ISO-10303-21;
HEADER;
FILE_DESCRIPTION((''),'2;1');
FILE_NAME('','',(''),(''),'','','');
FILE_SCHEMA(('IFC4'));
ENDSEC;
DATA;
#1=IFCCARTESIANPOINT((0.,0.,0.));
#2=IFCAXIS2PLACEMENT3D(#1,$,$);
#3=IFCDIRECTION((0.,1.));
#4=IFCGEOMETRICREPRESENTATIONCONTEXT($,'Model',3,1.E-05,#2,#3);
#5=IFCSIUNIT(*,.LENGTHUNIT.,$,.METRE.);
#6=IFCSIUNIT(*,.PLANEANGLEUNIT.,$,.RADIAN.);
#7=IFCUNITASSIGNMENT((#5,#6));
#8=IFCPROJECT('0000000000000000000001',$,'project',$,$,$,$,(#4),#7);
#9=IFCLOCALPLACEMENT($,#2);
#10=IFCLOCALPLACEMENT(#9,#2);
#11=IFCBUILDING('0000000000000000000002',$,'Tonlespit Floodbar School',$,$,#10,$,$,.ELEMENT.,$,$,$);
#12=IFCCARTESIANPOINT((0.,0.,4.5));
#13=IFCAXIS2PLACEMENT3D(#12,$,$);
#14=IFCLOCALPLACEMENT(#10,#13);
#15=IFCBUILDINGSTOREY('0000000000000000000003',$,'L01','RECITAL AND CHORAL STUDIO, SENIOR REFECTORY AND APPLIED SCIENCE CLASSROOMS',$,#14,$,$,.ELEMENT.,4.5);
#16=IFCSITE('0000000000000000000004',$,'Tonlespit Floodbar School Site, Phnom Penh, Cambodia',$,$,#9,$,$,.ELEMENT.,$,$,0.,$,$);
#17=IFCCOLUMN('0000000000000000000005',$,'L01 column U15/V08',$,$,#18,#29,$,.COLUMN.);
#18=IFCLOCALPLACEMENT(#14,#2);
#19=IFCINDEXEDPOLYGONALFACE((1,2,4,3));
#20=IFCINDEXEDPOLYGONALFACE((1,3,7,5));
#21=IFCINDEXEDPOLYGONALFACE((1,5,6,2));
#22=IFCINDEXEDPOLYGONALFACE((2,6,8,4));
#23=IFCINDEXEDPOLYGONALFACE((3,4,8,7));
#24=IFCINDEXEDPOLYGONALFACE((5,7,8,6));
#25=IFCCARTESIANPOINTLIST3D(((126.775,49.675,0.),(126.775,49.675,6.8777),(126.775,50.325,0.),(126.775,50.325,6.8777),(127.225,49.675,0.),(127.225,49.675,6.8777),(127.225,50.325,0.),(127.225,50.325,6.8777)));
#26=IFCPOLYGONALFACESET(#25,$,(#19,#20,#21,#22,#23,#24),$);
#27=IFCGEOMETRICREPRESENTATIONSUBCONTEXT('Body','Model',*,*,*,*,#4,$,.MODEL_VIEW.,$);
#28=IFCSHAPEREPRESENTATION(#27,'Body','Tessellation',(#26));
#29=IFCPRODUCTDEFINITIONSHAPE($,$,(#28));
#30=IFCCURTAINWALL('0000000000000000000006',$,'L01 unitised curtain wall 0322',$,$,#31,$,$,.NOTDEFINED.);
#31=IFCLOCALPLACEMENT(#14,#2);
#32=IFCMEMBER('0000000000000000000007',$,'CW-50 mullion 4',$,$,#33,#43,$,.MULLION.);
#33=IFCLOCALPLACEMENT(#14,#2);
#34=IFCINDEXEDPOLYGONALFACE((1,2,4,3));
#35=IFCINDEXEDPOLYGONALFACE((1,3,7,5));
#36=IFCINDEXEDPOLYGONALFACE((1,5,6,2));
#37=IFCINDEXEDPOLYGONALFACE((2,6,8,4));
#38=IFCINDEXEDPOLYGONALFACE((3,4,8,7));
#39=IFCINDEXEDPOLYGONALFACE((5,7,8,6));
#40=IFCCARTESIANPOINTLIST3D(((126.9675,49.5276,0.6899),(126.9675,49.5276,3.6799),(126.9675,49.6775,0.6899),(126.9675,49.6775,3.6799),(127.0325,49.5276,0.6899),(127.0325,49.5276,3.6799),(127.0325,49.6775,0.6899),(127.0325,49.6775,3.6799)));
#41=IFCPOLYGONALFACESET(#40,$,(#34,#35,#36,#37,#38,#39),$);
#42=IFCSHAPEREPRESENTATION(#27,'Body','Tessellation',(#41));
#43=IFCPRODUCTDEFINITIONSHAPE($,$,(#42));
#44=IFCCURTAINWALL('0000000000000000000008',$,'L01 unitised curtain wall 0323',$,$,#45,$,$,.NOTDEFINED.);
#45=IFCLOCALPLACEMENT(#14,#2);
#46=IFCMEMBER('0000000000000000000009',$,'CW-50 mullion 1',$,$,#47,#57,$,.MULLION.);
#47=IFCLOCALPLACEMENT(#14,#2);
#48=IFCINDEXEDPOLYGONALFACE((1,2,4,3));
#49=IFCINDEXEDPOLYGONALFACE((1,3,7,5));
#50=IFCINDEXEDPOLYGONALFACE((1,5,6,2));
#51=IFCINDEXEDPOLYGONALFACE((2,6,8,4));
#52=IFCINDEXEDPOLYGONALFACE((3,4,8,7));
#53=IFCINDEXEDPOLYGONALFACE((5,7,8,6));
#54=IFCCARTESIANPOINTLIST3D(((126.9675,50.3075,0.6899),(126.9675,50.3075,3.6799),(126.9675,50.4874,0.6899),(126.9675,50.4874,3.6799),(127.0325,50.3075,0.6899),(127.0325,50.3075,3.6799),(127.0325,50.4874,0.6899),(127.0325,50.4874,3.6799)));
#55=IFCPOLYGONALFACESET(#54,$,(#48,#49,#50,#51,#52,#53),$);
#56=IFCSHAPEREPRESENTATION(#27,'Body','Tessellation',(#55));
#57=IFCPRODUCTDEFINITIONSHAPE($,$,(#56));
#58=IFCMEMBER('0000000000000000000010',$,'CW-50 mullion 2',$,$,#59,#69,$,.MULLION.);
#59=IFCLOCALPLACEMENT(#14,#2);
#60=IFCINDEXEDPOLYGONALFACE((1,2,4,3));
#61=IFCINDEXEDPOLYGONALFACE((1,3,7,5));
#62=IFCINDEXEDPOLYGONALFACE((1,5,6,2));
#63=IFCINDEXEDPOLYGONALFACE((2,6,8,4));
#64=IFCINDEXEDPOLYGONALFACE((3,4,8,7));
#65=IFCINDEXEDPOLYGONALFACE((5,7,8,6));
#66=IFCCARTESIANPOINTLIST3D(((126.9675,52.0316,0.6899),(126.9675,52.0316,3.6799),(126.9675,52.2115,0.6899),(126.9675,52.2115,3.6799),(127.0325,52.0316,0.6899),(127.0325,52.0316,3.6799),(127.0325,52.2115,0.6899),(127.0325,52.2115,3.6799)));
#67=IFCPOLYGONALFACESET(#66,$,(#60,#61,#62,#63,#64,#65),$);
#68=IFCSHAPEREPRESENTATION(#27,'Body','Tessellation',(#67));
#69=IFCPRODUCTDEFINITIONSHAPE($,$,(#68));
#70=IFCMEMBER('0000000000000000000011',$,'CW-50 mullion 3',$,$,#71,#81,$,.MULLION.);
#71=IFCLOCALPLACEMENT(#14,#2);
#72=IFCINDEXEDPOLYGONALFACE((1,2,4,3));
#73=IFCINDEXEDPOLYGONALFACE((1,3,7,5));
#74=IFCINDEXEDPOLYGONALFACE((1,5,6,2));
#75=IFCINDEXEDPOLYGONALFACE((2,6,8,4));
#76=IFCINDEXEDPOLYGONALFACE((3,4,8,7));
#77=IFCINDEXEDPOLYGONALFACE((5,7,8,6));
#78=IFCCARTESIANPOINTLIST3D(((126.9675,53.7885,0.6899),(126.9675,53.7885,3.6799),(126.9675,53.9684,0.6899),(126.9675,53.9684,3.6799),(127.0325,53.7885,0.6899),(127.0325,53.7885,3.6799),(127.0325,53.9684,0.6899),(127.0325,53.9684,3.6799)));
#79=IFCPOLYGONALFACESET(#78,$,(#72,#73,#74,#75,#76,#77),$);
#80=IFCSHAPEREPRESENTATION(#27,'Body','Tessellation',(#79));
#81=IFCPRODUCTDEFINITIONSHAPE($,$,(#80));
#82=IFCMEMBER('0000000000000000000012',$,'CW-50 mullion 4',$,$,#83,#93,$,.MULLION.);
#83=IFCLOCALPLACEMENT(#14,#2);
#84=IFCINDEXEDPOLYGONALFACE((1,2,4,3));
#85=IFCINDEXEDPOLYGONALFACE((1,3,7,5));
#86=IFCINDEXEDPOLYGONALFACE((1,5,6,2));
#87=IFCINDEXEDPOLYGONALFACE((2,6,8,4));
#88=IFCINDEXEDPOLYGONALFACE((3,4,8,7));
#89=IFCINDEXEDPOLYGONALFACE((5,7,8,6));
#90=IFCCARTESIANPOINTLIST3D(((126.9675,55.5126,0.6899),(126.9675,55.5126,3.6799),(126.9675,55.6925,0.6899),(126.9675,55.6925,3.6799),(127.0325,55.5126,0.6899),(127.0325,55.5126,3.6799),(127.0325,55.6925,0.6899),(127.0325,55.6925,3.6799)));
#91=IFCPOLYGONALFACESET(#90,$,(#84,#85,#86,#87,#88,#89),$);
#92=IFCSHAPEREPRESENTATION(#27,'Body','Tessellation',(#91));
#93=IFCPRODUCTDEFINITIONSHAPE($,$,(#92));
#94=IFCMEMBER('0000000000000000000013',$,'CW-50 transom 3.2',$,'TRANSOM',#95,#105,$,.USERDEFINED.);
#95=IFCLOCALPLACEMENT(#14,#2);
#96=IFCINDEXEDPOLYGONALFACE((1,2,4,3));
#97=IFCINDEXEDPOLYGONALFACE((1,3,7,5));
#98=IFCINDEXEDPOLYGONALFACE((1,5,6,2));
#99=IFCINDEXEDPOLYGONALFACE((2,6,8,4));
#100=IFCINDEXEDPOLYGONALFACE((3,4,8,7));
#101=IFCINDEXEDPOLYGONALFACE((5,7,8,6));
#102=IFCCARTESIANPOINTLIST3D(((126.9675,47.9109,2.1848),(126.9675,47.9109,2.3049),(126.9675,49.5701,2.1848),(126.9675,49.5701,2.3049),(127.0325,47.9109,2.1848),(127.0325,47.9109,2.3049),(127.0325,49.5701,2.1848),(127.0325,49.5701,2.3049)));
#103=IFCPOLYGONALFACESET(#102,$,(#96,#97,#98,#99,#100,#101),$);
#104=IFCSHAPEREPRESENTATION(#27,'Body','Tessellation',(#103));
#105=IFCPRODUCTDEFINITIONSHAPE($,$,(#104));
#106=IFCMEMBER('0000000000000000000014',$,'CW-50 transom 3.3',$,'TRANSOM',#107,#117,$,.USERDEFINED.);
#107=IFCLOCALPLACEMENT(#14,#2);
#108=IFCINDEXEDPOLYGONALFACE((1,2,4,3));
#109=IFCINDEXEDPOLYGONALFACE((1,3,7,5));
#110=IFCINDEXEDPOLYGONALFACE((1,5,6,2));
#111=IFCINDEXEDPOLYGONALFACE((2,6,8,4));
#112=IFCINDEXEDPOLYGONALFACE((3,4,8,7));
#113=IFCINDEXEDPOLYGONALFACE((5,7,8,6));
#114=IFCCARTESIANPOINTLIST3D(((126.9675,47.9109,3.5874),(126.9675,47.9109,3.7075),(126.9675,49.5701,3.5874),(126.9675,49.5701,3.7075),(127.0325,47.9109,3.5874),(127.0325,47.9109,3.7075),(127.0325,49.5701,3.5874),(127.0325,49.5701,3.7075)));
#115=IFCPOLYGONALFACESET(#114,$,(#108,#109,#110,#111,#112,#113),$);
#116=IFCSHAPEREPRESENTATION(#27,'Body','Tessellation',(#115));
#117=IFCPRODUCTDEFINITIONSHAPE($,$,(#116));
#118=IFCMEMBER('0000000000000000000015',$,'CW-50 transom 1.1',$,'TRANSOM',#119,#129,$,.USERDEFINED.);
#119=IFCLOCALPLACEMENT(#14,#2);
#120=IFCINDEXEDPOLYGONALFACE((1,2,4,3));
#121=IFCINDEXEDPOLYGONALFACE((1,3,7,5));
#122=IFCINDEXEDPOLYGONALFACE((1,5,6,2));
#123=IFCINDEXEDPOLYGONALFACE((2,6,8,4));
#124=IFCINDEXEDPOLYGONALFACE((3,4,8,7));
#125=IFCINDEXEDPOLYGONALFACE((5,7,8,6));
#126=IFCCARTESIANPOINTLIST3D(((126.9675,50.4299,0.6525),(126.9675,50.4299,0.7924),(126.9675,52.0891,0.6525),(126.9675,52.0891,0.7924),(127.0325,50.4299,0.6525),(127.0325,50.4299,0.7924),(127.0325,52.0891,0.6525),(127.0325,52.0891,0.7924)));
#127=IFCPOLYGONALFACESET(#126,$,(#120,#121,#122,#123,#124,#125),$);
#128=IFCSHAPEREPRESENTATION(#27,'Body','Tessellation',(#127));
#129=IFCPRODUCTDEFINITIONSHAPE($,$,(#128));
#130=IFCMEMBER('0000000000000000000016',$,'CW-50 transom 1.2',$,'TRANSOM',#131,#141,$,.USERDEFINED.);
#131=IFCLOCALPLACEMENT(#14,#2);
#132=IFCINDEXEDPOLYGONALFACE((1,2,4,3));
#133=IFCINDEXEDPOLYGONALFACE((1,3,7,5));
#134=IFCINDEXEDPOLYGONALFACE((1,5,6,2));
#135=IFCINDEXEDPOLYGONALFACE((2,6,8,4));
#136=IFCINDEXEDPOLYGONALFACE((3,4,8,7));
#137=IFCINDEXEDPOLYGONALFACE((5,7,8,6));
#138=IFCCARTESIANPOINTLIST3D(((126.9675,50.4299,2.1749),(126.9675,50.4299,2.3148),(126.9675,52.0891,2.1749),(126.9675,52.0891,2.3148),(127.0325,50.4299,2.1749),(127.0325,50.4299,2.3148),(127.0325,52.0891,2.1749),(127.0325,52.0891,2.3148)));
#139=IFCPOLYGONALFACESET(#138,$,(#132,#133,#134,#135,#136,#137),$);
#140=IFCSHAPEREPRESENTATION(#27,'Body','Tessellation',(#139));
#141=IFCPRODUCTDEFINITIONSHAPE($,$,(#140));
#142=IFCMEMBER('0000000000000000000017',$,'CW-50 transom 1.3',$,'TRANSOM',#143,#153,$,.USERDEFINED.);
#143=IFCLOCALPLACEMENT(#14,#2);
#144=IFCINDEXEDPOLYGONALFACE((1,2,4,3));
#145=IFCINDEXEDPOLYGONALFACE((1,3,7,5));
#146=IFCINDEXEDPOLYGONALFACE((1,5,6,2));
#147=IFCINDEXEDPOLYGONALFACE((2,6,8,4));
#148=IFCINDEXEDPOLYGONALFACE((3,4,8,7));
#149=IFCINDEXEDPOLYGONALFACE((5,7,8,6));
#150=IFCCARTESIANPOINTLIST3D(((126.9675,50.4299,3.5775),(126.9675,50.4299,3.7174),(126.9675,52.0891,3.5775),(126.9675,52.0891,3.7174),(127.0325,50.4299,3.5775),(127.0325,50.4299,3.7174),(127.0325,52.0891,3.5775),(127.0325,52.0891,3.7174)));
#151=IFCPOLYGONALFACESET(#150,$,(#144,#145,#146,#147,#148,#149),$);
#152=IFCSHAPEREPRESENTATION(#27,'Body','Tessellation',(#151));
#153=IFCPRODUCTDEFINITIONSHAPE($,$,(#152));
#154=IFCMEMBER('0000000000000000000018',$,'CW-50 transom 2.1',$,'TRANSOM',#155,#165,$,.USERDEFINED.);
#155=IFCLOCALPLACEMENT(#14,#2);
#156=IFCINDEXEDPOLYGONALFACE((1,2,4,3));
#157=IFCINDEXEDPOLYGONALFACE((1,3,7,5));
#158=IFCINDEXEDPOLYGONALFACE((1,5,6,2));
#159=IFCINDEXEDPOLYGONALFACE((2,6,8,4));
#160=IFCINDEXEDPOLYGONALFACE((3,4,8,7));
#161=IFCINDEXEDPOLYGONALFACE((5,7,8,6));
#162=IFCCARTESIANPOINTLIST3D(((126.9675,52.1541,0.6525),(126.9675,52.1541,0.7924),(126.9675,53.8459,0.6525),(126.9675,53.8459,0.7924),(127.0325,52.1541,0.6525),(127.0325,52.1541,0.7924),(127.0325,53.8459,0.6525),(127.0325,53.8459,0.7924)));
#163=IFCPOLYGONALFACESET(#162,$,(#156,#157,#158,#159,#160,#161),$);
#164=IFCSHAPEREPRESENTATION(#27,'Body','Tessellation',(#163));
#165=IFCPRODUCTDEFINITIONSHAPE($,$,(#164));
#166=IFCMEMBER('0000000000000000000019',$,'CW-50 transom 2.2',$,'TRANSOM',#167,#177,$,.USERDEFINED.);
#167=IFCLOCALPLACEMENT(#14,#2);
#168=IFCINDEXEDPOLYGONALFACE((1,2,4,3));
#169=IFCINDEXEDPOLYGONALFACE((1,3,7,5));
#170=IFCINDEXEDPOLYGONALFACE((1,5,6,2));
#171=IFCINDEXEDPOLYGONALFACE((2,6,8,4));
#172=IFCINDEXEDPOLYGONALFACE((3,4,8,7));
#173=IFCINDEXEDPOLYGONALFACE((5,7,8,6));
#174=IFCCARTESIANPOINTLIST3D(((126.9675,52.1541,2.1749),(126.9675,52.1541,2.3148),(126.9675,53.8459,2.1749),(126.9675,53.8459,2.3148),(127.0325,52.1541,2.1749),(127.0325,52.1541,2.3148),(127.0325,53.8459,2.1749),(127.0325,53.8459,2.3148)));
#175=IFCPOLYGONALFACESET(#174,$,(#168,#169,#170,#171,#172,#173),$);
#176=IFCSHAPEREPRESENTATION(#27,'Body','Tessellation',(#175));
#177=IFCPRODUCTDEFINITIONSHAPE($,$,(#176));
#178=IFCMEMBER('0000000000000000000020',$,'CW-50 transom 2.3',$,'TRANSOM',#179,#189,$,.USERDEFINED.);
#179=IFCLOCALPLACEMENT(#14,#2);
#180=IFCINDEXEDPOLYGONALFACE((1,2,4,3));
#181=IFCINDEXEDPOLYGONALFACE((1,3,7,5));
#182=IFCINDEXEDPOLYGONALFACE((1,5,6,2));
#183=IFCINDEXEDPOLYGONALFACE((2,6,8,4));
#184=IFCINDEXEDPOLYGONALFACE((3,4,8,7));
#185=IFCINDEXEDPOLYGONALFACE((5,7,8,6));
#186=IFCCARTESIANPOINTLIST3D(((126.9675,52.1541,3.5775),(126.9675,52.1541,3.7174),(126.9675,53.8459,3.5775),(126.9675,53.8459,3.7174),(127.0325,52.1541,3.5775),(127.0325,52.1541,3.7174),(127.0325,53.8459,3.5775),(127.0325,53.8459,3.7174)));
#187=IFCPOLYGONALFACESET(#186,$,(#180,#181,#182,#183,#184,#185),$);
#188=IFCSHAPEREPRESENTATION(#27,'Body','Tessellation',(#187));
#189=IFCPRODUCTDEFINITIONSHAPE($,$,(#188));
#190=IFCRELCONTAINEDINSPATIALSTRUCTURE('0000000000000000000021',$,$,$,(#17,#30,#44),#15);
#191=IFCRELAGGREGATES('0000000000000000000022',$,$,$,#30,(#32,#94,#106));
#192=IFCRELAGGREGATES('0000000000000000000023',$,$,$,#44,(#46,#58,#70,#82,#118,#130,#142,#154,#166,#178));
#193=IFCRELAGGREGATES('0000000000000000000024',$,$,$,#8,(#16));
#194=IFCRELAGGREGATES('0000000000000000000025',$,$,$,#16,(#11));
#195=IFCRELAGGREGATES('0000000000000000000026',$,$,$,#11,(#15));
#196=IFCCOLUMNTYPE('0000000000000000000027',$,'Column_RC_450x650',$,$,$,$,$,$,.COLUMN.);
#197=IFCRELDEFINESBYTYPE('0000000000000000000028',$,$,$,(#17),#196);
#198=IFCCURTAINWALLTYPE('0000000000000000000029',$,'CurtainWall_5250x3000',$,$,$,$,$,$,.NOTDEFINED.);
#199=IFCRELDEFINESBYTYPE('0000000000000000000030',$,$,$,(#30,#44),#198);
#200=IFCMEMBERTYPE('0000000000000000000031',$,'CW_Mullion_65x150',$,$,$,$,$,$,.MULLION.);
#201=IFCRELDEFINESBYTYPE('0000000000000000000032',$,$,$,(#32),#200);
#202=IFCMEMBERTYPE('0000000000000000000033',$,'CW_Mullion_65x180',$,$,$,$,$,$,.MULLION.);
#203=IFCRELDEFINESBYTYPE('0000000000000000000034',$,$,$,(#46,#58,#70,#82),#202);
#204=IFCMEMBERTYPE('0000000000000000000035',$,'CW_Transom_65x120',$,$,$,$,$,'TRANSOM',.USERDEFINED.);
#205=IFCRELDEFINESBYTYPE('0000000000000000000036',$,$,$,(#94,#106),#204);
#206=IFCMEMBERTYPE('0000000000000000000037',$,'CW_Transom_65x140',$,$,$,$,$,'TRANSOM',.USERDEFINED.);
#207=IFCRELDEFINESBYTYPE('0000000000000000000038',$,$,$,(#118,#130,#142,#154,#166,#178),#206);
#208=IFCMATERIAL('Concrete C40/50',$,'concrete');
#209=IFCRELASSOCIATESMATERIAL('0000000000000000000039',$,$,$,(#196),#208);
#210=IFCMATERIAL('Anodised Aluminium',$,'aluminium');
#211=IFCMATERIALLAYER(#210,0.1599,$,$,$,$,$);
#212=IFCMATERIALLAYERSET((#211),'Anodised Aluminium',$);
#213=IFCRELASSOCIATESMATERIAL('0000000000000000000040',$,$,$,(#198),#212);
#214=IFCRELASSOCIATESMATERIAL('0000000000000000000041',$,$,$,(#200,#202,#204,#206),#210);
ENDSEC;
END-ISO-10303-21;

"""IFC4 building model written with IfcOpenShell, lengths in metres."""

from ifc_helpers import new_model, si_unit, direction, frame, origin, origin_2d, place, context, subcontext, project, spatial, rectangle, extrude, material, layer, layer_set, material_profile, profile_set, type_object, element, aggregate, save


model = new_model("IFC4")

# Units and contexts
model_context = context("Model", 3, precision=1e-05, world=origin(), true_north=direction((0.0, 1.0)))
body_context = subcontext(model_context, "Body", "Model", "MODEL_VIEW")
ifc_project = project(units=[si_unit("LENGTHUNIT", "METRE"), si_unit("PLANEANGLEUNIT", "RADIAN")], contexts=[model_context])

# Site, building, storey
site_placement = place(None, origin())
site = spatial("IfcSite", under=ifc_project, at=site_placement, Name="Tonlespit Floodbar School Site, Phnom Penh, Cambodia", CompositionType="ELEMENT", RefElevation=0.0)
building_placement = place(site_placement, origin())
building = spatial("IfcBuilding", under=site, at=building_placement, Name="Tonlespit Floodbar School", CompositionType="ELEMENT")
storey_placement = place(building_placement, frame((0.0, 0.0, 4.5)))
storey = spatial("IfcBuildingStorey", under=building, at=storey_placement, Name="L01", Description="RECITAL AND CHORAL STUDIO, SENIOR REFECTORY AND APPLIED SCIENCE CLASSROOMS", CompositionType="ELEMENT", Elevation=4.5)

# Column
ifc_material_1 = material(Name="Concrete C40/50", Category="concrete")
ifc_material_profile_1 = material_profile(ifc_material_1, rectangle(XDim=0.45, YDim=0.6499, at=origin_2d()), Name="RC 450x650")
ifc_profile_set_1 = profile_set([ifc_material_profile_1], Name="Concrete C40/50")
column_type = type_object("IfcColumnType", Name="Column_RC_450x650", PredefinedType="COLUMN", material=ifc_profile_set_1)
column_placement = place(storey_placement, frame((127.0, 50.0, 0.0), z_axis=(0.0, 0.0, 1.0), x_axis=(1.0, 0.0, 0.0)))
element("IfcColumn", 1, at=column_placement, inside=storey, type_object=column_type, Name="L01 column U15/V08", PredefinedType="COLUMN", context=body_context, shape_type="SweptSolid", body=[
    extrude(rectangle(XDim=0.45, YDim=0.6499, at=origin_2d()), origin(), (0.0, 0.0, 1.0), 6.8777),
])

# Curtain wall, member
ifc_material_2 = material(Name="Anodised Aluminium", Category="aluminium")
ifc_layer_1 = layer(ifc_material_2, 0.1599)
ifc_layer_set_1 = layer_set([ifc_layer_1], Name="Anodised Aluminium")
curtain_wall_type = type_object("IfcCurtainWallType", Name="CurtainWall_5250x3000", PredefinedType="NOTDEFINED", material=ifc_layer_set_1)
curtain_wall_1_placement = place(storey_placement, origin())
curtain_wall_1 = element("IfcCurtainWall", 2, at=curtain_wall_1_placement, inside=storey, type_object=curtain_wall_type, Name="L01 unitised curtain wall 0322", PredefinedType="NOTDEFINED")
ifc_material_profile_2 = material_profile(ifc_material_2, rectangle(XDim=0.0649, YDim=0.1499, at=origin_2d()), Name="ALU M65x150")
ifc_profile_set_2 = profile_set([ifc_material_profile_2], Name="Anodised Aluminium")
member_type_1 = type_object("IfcMemberType", Name="CW_Mullion_65x150", PredefinedType="MULLION", material=ifc_profile_set_2)
member_1_placement = place(storey_placement, frame((127.0, 49.6025, 0.6899), z_axis=(0.0, 0.0, 1.0), x_axis=(-1.0, 0.0, 0.0)))
member_1 = element("IfcMember", 3, at=member_1_placement, type_object=member_type_1, Name="CW-50 mullion 4", PredefinedType="MULLION", context=body_context, shape_type="SweptSolid", body=[
    extrude(rectangle(XDim=0.0649, YDim=0.1499, at=origin_2d()), origin(), (0.0, 0.0, 1.0), 2.99),
])

# Curtain wall, members
curtain_wall_2_placement = place(storey_placement, origin())
curtain_wall_2 = element("IfcCurtainWall", 4, at=curtain_wall_2_placement, inside=storey, type_object=curtain_wall_type, Name="L01 unitised curtain wall 0323", PredefinedType="NOTDEFINED")
ifc_material_profile_3 = material_profile(ifc_material_2, rectangle(XDim=0.0649, YDim=0.1799, at=origin_2d()), Name="ALU M65x180")
ifc_profile_set_3 = profile_set([ifc_material_profile_3], Name="Anodised Aluminium")
member_type_2 = type_object("IfcMemberType", Name="CW_Mullion_65x180", PredefinedType="MULLION", material=ifc_profile_set_3)
member_2_placement = place(storey_placement, frame((127.0, 50.3975, 0.6899), z_axis=(0.0, 0.0, 1.0), x_axis=(-1.0, 0.0, 0.0)))
member_2 = element("IfcMember", 5, at=member_2_placement, type_object=member_type_2, Name="CW-50 mullion 1", PredefinedType="MULLION", context=body_context, shape_type="SweptSolid", body=[
    extrude(rectangle(XDim=0.0649, YDim=0.1799, at=origin_2d()), origin(), (0.0, 0.0, 1.0), 2.99),
])
member_3_placement = place(storey_placement, frame((127.0, 52.1216, 0.6899), z_axis=(0.0, 0.0, 1.0), x_axis=(-1.0, 0.0, 0.0)))
member_3 = element("IfcMember", 6, at=member_3_placement, type_object=member_type_2, Name="CW-50 mullion 2", PredefinedType="MULLION", context=body_context, shape_type="SweptSolid", body=[
    extrude(rectangle(XDim=0.0649, YDim=0.1799, at=origin_2d()), origin(), (0.0, 0.0, 1.0), 2.99),
])
member_4_placement = place(storey_placement, frame((127.0, 53.8784, 0.6899), z_axis=(0.0, 0.0, 1.0), x_axis=(-1.0, 0.0, 0.0)))
member_4 = element("IfcMember", 7, at=member_4_placement, type_object=member_type_2, Name="CW-50 mullion 3", PredefinedType="MULLION", context=body_context, shape_type="SweptSolid", body=[
    extrude(rectangle(XDim=0.0649, YDim=0.1799, at=origin_2d()), origin(), (0.0, 0.0, 1.0), 2.99),
])
member_5_placement = place(storey_placement, frame((127.0, 55.6025, 0.6899), z_axis=(0.0, 0.0, 1.0), x_axis=(-1.0, 0.0, 0.0)))
member_5 = element("IfcMember", 8, at=member_5_placement, type_object=member_type_2, Name="CW-50 mullion 4", PredefinedType="MULLION", context=body_context, shape_type="SweptSolid", body=[
    extrude(rectangle(XDim=0.0649, YDim=0.1799, at=origin_2d()), origin(), (0.0, 0.0, 1.0), 2.99),
])

# Members
ifc_material_profile_4 = material_profile(ifc_material_2, rectangle(XDim=0.0649, YDim=0.1201, at=origin_2d()), Name="ALU T65x120")
ifc_profile_set_4 = profile_set([ifc_material_profile_4], Name="Anodised Aluminium")
member_type_3 = type_object("IfcMemberType", Name="CW_Transom_65x120", ElementType="TRANSOM", PredefinedType="USERDEFINED", material=ifc_profile_set_4)
member_6_placement = place(storey_placement, frame((127.0, 47.9109, 2.2449), z_axis=(0.0, 1.0, 0.0), x_axis=(-1.0, 0.0, 0.0)))
member_6 = element("IfcMember", 9, at=member_6_placement, type_object=member_type_3, Name="CW-50 transom 3.2", ObjectType="TRANSOM", PredefinedType="USERDEFINED", context=body_context, shape_type="SweptSolid", body=[
    extrude(rectangle(XDim=0.0649, YDim=0.1201, at=origin_2d()), origin(), (0.0, 0.0, 1.0), 1.6592),
])
member_7_placement = place(storey_placement, frame((127.0, 47.9109, 3.6475), z_axis=(0.0, 1.0, 0.0), x_axis=(-1.0, 0.0, 0.0)))
member_7 = element("IfcMember", 10, at=member_7_placement, type_object=member_type_3, Name="CW-50 transom 3.3", ObjectType="TRANSOM", PredefinedType="USERDEFINED", context=body_context, shape_type="SweptSolid", body=[
    extrude(rectangle(XDim=0.0649, YDim=0.1201, at=origin_2d()), origin(), (0.0, 0.0, 1.0), 1.6592),
])
ifc_material_profile_5 = material_profile(ifc_material_2, rectangle(XDim=0.0649, YDim=0.1399, at=origin_2d()), Name="ALU T65x140")
ifc_profile_set_5 = profile_set([ifc_material_profile_5], Name="Anodised Aluminium")
member_type_4 = type_object("IfcMemberType", Name="CW_Transom_65x140", ElementType="TRANSOM", PredefinedType="USERDEFINED", material=ifc_profile_set_5)
member_8_placement = place(storey_placement, frame((127.0, 50.4299, 0.7224), z_axis=(0.0, 1.0, 0.0), x_axis=(-1.0, 0.0, 0.0)))
member_8 = element("IfcMember", 11, at=member_8_placement, type_object=member_type_4, Name="CW-50 transom 1.1", ObjectType="TRANSOM", PredefinedType="USERDEFINED", context=body_context, shape_type="SweptSolid", body=[
    extrude(rectangle(XDim=0.0649, YDim=0.1399, at=origin_2d()), origin(), (0.0, 0.0, 1.0), 1.6592),
])
member_9_placement = place(storey_placement, frame((127.0, 50.4299, 2.2449), z_axis=(0.0, 1.0, 0.0), x_axis=(-1.0, 0.0, 0.0)))
member_9 = element("IfcMember", 12, at=member_9_placement, type_object=member_type_4, Name="CW-50 transom 1.2", ObjectType="TRANSOM", PredefinedType="USERDEFINED", context=body_context, shape_type="SweptSolid", body=[
    extrude(rectangle(XDim=0.0649, YDim=0.1399, at=origin_2d()), origin(), (0.0, 0.0, 1.0), 1.6592),
])
member_10_placement = place(storey_placement, frame((127.0, 50.4299, 3.6475), z_axis=(0.0, 1.0, 0.0), x_axis=(-1.0, 0.0, 0.0)))
member_10 = element("IfcMember", 13, at=member_10_placement, type_object=member_type_4, Name="CW-50 transom 1.3", ObjectType="TRANSOM", PredefinedType="USERDEFINED", context=body_context, shape_type="SweptSolid", body=[
    extrude(rectangle(XDim=0.0649, YDim=0.1399, at=origin_2d()), origin(), (0.0, 0.0, 1.0), 1.6592),
])
member_11_placement = place(storey_placement, frame((127.0, 52.1541, 0.7224), z_axis=(0.0, 1.0, 0.0), x_axis=(-1.0, 0.0, 0.0)))
member_11 = element("IfcMember", 14, at=member_11_placement, type_object=member_type_4, Name="CW-50 transom 2.1", ObjectType="TRANSOM", PredefinedType="USERDEFINED", context=body_context, shape_type="SweptSolid", body=[
    extrude(rectangle(XDim=0.0649, YDim=0.1399, at=origin_2d()), origin(), (0.0, 0.0, 1.0), 1.6919),
])
member_12_placement = place(storey_placement, frame((127.0, 52.1541, 2.2449), z_axis=(0.0, 1.0, 0.0), x_axis=(-1.0, 0.0, 0.0)))
member_12 = element("IfcMember", 15, at=member_12_placement, type_object=member_type_4, Name="CW-50 transom 2.2", ObjectType="TRANSOM", PredefinedType="USERDEFINED", context=body_context, shape_type="SweptSolid", body=[
    extrude(rectangle(XDim=0.0649, YDim=0.1399, at=origin_2d()), origin(), (0.0, 0.0, 1.0), 1.6919),
])
member_13_placement = place(storey_placement, frame((127.0, 52.1541, 3.6475), z_axis=(0.0, 1.0, 0.0), x_axis=(-1.0, 0.0, 0.0)))
member_13 = element("IfcMember", 16, at=member_13_placement, type_object=member_type_4, Name="CW-50 transom 2.3", ObjectType="TRANSOM", PredefinedType="USERDEFINED", context=body_context, shape_type="SweptSolid", body=[
    extrude(rectangle(XDim=0.0649, YDim=0.1399, at=origin_2d()), origin(), (0.0, 0.0, 1.0), 1.6919),
])

aggregate(curtain_wall_1, [member_1, member_6, member_7])
aggregate(curtain_wall_2, [member_2, member_3, member_4, member_5, member_8, member_9, member_10, member_11, member_12, member_13])

save(model, "model.ifc")
